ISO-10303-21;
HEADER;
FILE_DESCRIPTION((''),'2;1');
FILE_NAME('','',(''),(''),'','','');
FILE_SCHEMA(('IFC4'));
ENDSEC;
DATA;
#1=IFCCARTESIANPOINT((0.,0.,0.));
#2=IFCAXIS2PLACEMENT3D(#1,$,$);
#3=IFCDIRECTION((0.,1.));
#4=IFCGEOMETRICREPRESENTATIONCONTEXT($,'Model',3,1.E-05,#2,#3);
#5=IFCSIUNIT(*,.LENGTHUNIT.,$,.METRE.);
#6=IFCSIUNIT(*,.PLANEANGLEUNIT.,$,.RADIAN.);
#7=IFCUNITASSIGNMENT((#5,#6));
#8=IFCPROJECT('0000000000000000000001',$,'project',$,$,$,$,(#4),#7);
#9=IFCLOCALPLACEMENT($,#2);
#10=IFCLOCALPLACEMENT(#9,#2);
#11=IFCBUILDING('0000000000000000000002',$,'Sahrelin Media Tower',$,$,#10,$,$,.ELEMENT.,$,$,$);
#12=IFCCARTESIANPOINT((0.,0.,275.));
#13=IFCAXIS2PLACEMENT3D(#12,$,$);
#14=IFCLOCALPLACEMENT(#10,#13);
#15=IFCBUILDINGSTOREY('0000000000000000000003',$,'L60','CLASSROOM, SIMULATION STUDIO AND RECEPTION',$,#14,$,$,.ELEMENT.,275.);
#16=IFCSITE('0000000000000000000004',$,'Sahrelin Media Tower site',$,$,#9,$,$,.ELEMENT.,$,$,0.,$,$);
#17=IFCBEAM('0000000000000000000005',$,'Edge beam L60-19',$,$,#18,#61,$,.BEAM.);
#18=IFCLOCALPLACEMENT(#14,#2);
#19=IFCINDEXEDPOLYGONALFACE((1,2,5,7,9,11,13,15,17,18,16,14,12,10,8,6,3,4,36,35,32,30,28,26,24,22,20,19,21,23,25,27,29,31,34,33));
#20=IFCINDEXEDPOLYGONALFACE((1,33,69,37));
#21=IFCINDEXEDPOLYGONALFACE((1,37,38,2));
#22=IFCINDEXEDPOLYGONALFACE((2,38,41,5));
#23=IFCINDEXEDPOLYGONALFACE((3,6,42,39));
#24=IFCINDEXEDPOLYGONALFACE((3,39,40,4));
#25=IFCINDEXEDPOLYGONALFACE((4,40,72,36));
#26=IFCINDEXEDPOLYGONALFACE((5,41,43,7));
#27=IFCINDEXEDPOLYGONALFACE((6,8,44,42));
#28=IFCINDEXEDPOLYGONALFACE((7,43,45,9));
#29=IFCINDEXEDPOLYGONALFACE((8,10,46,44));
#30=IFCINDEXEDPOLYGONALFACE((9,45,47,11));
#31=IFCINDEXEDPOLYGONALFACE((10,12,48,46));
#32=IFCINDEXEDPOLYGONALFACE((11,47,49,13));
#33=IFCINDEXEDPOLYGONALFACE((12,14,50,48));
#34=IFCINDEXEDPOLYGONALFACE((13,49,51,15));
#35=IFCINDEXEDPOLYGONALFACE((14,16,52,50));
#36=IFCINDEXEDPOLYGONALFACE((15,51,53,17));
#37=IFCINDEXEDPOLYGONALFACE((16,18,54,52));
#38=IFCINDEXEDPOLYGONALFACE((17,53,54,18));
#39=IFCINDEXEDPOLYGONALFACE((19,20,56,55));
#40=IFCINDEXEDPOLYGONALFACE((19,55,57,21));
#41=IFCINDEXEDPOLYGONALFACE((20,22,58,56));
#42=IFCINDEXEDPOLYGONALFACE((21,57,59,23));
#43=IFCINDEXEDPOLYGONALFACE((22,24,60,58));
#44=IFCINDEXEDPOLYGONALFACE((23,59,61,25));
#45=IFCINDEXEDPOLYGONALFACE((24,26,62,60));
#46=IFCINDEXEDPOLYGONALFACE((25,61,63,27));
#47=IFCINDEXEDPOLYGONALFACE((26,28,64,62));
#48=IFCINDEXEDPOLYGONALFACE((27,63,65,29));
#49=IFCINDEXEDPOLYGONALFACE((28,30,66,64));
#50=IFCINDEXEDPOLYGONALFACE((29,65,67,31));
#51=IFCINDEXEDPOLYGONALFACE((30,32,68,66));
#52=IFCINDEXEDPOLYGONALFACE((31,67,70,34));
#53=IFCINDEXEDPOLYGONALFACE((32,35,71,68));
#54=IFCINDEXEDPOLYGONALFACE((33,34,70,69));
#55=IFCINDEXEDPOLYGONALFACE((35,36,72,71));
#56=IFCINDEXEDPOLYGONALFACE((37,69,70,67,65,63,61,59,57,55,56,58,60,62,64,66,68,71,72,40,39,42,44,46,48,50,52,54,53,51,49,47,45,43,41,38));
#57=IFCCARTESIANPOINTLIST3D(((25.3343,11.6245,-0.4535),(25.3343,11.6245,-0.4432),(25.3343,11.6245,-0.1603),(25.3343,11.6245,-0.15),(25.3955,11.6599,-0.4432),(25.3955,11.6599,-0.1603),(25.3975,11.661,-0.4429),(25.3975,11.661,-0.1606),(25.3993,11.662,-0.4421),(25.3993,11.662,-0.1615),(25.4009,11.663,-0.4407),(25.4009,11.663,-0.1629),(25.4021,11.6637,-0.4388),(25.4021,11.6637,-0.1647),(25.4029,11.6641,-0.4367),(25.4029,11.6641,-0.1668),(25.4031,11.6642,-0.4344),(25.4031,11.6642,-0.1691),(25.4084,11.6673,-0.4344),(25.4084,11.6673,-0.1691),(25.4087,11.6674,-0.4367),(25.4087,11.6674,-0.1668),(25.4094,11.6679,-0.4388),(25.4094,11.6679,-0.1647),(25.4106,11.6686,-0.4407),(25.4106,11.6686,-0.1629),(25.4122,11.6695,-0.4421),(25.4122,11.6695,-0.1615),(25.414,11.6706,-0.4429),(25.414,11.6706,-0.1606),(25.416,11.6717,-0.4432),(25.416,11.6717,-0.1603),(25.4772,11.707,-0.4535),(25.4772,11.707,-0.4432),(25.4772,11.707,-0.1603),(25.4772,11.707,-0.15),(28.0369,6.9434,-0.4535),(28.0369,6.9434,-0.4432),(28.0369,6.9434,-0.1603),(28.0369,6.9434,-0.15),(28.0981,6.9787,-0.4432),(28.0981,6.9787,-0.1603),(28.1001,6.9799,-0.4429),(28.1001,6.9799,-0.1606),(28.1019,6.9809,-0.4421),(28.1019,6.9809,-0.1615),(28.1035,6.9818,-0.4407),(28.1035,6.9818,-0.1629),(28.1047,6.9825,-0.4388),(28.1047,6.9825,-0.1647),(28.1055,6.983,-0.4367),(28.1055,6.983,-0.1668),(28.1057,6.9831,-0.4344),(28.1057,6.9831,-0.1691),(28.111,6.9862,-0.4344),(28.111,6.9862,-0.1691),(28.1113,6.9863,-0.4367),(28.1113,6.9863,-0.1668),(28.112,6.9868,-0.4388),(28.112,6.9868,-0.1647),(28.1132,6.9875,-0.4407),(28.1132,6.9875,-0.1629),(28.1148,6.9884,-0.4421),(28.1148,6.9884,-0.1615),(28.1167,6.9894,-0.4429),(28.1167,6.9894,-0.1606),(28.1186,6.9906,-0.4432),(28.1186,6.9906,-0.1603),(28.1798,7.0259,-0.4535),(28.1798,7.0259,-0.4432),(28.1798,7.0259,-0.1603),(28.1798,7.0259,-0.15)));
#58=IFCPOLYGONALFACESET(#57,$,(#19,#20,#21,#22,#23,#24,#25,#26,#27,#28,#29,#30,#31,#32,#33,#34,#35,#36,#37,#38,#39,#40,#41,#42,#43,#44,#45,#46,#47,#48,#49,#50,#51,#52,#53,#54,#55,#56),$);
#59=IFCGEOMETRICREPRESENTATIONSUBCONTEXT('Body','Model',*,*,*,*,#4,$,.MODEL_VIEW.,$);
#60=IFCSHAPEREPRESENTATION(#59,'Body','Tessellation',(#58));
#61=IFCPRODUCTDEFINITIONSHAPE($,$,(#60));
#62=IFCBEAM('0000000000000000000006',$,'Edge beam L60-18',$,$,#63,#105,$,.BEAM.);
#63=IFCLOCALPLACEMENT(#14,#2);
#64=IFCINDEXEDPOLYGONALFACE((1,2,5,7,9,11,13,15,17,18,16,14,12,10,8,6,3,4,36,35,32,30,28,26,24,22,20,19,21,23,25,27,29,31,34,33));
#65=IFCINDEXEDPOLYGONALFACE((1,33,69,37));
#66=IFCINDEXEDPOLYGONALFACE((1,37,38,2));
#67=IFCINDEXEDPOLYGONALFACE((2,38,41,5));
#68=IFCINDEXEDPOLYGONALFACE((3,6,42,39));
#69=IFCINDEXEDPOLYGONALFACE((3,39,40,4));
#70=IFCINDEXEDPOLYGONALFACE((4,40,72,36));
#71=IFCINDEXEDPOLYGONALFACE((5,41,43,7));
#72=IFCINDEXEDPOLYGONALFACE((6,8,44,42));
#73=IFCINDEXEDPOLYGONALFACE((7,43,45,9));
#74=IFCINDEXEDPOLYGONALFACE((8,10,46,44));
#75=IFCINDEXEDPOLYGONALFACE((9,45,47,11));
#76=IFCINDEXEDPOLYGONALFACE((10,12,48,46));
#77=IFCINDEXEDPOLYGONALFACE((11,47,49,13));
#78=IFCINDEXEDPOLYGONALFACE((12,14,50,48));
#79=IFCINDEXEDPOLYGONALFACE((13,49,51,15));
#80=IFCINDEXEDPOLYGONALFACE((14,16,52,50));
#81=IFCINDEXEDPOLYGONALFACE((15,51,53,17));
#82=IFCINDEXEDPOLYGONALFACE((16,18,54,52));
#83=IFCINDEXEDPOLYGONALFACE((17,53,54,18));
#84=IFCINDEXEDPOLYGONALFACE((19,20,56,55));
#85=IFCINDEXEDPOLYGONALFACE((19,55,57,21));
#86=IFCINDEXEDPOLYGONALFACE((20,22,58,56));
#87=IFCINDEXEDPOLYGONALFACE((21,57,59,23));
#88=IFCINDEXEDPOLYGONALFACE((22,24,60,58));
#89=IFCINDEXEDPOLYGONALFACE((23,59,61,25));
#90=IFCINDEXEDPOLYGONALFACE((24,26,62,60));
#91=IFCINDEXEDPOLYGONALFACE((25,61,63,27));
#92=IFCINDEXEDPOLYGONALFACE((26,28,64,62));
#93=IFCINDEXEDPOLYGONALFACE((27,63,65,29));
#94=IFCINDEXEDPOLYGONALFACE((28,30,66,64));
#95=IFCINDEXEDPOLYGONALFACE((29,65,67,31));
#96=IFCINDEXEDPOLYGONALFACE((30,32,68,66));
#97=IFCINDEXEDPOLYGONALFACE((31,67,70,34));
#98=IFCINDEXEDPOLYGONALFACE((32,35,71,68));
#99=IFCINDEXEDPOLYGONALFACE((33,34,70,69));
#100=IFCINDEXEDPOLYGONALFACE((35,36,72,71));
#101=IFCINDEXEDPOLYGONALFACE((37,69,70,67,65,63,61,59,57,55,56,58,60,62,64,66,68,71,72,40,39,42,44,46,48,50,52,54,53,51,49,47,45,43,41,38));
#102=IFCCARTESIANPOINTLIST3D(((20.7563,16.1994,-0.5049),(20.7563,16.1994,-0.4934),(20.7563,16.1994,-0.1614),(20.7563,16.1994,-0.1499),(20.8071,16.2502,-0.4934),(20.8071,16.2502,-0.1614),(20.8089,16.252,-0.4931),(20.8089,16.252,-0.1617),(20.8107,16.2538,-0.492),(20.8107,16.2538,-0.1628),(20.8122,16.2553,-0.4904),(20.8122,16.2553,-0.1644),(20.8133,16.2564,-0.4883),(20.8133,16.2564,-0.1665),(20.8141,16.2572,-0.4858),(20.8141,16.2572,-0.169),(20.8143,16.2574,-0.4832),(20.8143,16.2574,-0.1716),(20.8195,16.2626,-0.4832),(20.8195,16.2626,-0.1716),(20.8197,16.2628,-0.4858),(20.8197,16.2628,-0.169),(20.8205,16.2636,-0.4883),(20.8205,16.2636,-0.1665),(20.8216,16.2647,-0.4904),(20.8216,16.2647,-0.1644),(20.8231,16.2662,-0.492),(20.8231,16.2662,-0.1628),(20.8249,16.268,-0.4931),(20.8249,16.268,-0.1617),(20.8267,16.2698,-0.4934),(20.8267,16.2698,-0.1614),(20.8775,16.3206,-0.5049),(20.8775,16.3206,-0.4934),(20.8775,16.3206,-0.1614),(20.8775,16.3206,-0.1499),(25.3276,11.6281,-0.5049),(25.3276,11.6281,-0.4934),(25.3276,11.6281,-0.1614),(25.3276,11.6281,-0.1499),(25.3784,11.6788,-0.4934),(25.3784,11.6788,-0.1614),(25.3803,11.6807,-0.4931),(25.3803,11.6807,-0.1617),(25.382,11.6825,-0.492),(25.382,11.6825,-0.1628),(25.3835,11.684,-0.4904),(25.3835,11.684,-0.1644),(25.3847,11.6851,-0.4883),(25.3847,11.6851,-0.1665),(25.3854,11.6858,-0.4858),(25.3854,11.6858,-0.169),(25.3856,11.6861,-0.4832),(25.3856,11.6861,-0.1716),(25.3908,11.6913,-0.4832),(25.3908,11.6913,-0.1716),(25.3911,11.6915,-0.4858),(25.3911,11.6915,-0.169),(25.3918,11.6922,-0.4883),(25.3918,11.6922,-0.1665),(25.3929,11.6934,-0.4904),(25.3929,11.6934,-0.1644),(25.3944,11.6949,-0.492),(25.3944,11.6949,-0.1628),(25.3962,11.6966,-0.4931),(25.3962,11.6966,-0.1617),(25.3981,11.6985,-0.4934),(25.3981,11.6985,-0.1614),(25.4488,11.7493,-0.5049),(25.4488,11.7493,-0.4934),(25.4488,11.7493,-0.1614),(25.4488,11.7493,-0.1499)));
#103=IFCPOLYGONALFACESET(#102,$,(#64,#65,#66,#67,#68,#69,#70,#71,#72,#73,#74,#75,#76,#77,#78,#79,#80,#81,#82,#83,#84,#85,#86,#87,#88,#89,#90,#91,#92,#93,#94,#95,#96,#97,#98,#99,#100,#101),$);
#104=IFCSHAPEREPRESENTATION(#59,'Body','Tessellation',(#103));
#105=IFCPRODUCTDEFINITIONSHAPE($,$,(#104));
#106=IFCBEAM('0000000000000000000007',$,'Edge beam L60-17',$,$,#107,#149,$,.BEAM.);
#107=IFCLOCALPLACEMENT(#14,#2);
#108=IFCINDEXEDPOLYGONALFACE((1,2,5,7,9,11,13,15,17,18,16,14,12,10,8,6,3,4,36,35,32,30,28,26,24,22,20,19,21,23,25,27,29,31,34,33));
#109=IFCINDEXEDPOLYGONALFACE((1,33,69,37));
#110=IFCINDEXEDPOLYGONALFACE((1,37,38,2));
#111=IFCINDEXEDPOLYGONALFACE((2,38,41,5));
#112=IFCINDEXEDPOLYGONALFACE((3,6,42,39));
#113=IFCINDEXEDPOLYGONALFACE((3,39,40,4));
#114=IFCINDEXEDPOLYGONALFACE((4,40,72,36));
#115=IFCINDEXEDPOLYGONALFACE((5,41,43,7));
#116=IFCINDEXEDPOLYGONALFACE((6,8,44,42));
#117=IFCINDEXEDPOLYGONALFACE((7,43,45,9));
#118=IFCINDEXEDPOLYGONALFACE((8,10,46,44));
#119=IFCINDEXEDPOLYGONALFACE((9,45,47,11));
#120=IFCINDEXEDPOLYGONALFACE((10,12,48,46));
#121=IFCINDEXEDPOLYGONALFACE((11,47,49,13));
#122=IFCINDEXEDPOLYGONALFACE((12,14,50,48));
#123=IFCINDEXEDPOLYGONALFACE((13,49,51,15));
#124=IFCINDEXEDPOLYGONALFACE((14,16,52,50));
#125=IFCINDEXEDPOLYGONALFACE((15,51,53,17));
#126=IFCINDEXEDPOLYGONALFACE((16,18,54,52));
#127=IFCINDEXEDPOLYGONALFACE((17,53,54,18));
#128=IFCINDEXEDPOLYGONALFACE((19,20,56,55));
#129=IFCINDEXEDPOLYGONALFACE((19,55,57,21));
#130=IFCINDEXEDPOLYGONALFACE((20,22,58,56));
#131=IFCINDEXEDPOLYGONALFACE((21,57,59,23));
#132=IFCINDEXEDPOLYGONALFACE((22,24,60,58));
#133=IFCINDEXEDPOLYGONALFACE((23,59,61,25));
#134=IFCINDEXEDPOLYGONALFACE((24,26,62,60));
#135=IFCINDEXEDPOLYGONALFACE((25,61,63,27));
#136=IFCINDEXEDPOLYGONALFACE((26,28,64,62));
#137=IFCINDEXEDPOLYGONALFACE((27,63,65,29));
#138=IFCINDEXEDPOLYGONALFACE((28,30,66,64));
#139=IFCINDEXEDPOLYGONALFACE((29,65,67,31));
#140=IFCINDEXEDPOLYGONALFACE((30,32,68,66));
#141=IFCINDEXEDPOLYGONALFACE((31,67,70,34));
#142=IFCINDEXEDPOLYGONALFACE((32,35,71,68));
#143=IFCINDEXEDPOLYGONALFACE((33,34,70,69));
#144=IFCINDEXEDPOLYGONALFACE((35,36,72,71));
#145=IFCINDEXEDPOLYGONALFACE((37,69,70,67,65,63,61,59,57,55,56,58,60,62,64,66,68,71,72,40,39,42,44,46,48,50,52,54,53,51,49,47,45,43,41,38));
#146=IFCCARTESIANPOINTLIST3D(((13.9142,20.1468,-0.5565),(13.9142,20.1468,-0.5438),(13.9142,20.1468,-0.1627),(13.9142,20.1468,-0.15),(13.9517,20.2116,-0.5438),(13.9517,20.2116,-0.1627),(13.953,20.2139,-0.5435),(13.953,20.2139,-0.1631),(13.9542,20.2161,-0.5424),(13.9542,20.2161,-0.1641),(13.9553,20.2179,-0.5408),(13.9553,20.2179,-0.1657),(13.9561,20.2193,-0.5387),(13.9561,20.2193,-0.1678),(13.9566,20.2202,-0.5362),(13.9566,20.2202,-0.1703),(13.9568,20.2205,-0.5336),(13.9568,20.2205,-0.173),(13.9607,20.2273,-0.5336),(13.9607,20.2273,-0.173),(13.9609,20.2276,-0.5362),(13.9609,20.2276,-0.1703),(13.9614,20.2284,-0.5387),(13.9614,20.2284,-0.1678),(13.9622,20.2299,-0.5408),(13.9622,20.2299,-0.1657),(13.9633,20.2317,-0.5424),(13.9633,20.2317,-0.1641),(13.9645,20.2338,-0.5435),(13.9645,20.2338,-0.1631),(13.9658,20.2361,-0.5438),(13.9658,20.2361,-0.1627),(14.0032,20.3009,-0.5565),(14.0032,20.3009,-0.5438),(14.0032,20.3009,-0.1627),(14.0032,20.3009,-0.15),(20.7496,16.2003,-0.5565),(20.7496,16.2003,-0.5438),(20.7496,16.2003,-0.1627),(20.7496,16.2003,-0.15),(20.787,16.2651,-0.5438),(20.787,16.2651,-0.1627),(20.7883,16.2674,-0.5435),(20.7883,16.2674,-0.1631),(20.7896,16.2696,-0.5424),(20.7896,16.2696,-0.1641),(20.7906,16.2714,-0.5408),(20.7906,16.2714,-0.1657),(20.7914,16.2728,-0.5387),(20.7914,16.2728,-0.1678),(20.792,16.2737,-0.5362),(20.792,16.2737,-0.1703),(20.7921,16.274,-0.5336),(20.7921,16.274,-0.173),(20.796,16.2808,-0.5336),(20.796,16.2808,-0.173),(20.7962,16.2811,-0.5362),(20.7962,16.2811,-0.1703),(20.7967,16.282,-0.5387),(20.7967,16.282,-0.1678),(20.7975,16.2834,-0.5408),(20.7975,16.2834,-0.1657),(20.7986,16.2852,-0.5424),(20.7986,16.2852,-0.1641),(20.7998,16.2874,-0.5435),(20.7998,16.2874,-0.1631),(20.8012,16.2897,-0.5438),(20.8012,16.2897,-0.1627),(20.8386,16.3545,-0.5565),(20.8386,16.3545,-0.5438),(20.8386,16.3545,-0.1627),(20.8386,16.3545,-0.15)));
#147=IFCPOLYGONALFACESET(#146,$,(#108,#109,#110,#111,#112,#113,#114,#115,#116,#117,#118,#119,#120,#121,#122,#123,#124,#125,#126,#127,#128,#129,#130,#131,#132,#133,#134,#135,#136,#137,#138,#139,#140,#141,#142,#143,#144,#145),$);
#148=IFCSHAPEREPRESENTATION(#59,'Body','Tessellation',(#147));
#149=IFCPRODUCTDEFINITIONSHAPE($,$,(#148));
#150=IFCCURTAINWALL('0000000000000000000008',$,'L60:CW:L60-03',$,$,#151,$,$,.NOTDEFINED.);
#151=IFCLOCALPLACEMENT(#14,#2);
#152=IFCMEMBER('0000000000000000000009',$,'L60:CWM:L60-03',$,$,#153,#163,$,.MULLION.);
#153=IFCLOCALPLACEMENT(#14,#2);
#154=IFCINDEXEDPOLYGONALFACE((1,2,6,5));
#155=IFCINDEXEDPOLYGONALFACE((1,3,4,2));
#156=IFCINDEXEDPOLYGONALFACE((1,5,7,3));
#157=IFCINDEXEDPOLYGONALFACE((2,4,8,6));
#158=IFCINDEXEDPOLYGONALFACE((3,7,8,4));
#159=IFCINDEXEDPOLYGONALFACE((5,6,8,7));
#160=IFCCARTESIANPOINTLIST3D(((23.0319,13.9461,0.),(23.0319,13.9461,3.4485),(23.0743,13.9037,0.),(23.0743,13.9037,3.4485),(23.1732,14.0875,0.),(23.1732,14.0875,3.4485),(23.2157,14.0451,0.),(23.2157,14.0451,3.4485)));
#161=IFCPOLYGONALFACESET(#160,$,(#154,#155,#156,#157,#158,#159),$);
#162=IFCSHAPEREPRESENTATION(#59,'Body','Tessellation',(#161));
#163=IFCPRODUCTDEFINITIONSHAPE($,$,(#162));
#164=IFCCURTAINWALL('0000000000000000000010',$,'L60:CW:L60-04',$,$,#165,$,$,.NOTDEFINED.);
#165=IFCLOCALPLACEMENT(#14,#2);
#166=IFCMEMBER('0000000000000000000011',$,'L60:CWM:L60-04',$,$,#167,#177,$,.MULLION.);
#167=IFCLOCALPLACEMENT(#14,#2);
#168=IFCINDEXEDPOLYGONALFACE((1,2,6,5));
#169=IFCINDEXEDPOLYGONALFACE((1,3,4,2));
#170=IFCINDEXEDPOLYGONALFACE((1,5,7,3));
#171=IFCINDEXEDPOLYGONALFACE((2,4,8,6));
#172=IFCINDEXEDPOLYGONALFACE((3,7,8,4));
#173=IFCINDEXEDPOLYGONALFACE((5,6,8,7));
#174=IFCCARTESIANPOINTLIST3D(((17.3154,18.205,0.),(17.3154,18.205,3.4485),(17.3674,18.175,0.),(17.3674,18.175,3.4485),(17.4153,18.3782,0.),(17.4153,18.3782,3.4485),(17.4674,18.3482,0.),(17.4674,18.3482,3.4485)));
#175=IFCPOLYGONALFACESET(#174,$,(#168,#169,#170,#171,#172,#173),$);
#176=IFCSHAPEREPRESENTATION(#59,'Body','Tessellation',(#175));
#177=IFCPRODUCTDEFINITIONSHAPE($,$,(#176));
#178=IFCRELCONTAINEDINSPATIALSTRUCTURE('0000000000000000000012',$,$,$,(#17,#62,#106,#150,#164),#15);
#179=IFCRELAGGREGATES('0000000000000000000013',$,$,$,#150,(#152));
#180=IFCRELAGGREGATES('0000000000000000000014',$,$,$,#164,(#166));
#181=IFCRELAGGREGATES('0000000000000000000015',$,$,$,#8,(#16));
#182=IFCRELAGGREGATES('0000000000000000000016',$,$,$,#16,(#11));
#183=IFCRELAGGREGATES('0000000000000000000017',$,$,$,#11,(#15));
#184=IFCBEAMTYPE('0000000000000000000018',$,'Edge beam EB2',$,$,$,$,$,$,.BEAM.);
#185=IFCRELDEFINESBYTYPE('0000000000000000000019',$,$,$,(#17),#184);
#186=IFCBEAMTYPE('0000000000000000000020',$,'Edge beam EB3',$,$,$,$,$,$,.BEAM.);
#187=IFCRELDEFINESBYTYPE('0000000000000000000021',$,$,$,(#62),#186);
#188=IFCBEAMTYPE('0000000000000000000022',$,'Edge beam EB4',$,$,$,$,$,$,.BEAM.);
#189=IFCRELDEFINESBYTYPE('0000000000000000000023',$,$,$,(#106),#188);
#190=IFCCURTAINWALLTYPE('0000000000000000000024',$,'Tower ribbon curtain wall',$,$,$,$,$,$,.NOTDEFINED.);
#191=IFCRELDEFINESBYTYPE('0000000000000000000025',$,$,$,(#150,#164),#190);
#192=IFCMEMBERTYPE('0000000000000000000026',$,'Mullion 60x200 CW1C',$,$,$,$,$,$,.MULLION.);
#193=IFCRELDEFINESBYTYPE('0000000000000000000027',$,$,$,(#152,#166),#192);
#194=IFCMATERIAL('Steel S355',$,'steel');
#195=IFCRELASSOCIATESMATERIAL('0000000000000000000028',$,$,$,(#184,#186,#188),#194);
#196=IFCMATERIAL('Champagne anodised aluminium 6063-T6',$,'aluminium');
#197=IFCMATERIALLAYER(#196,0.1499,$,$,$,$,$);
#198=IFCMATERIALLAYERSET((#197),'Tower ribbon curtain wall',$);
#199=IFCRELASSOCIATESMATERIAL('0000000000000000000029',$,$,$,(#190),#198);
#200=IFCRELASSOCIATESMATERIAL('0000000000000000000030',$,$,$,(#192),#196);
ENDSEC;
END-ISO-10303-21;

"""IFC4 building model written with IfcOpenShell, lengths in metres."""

from ifc_helpers import new_model, si_unit, direction, frame, origin, origin_2d, place, context, subcontext, project, spatial, rectangle, i_section, extrude, material, layer, layer_set, material_profile, profile_set, type_object, element, aggregate, save


model = new_model("IFC4")

# Units and contexts
model_context = context("Model", 3, precision=1e-05, world=origin(), true_north=direction((0.0, 1.0)))
body_context = subcontext(model_context, "Body", "Model", "MODEL_VIEW")
ifc_project = project(units=[si_unit("LENGTHUNIT", "METRE"), si_unit("PLANEANGLEUNIT", "RADIAN")], contexts=[model_context])

# Site, building, storey
site_placement = place(None, origin())
site = spatial("IfcSite", under=ifc_project, at=site_placement, Name="Sahrelin Media Tower site", CompositionType="ELEMENT", RefElevation=0.0)
building_placement = place(site_placement, origin())
building = spatial("IfcBuilding", under=site, at=building_placement, Name="Sahrelin Media Tower", CompositionType="ELEMENT")
storey_placement = place(building_placement, frame((0.0, 0.0, 275.0)))
storey = spatial("IfcBuildingStorey", under=building, at=storey_placement, Name="L60", Description="CLASSROOM, SIMULATION STUDIO AND RECEPTION", CompositionType="ELEMENT", Elevation=275.0)

# Beams
ifc_material_1 = material(Name="Steel S355", Category="steel")
ifc_material_profile_1 = material_profile(ifc_material_1, i_section(OverallWidth=0.165, OverallDepth=0.3035, WebThickness=0.0061, FlangeThickness=0.0103, FilletRadius=0.0088, at=origin_2d()), Name="UB 305x165x40")
ifc_profile_set_1 = profile_set([ifc_material_profile_1], Name="Steel S355")
beam_type_1 = type_object("IfcBeamType", Name="Edge beam EB2", PredefinedType="BEAM", material=ifc_profile_set_1)
beam_1_placement = place(storey_placement, frame((25.4058, 11.6658, -0.3018), z_axis=(0.499996, -0.866028, 0.0), x_axis=(0.866028, 0.499996, 0.0)))
element("IfcBeam", 1, at=beam_1_placement, inside=storey, type_object=beam_type_1, Name="Edge beam L60-19", PredefinedType="BEAM", context=body_context, shape_type="SweptSolid", body=[
    extrude(i_section(OverallWidth=0.165, OverallDepth=0.3035, WebThickness=0.0061, FlangeThickness=0.0103, FilletRadius=0.0088, at=origin_2d()), origin(), (0.0, 0.0, 1.0), 5.4053),
])
ifc_material_profile_2 = material_profile(ifc_material_1, i_section(OverallWidth=0.1714, OverallDepth=0.355, WebThickness=0.0073, FlangeThickness=0.0115, FilletRadius=0.0103, at=origin_2d()), Name="UB 356x171x51")
ifc_profile_set_2 = profile_set([ifc_material_profile_2], Name="Steel S355")
beam_type_2 = type_object("IfcBeamType", Name="Edge beam EB3", PredefinedType="BEAM", material=ifc_profile_set_2)
beam_2_placement = place(storey_placement, frame((20.8169, 16.26, -0.3274), z_axis=(0.707107, -0.707107, 0.0), x_axis=(0.707107, 0.707107, 0.0)))
element("IfcBeam", 2, at=beam_2_placement, inside=storey, type_object=beam_type_2, Name="Edge beam L60-18", PredefinedType="BEAM", context=body_context, shape_type="SweptSolid", body=[
    extrude(i_section(OverallWidth=0.1714, OverallDepth=0.355, WebThickness=0.0073, FlangeThickness=0.0115, FilletRadius=0.0103, at=origin_2d()), origin(), (0.0, 0.0, 1.0), 6.4648),
])
ifc_material_profile_3 = material_profile(ifc_material_1, i_section(OverallWidth=0.178, OverallDepth=0.4065, WebThickness=0.0078, FlangeThickness=0.0127, FilletRadius=0.0103, at=origin_2d()), Name="UB 406x178x60")
ifc_profile_set_3 = profile_set([ifc_material_profile_3], Name="Steel S355")
beam_type_3 = type_object("IfcBeamType", Name="Edge beam EB4", PredefinedType="BEAM", material=ifc_profile_set_3)
beam_3_placement = place(storey_placement, frame((13.9587, 20.2239, -0.3533), z_axis=(0.866021, -0.500008, 0.0), x_axis=(0.500008, 0.866021, 0.0)))
element("IfcBeam", 3, at=beam_3_placement, inside=storey, type_object=beam_type_3, Name="Edge beam L60-17", PredefinedType="BEAM", context=body_context, shape_type="SweptSolid", body=[
    extrude(i_section(OverallWidth=0.178, OverallDepth=0.4065, WebThickness=0.0078, FlangeThickness=0.0127, FilletRadius=0.0103, at=origin_2d()), origin(), (0.0, 0.0, 1.0), 7.8928),
])

# Curtain walls, members
ifc_material_2 = material(Name="Champagne anodised aluminium 6063-T6", Category="aluminium")
ifc_layer_1 = layer(ifc_material_2, 0.1499)
ifc_layer_set_1 = layer_set([ifc_layer_1], Name="Tower ribbon curtain wall")
curtain_wall_type = type_object("IfcCurtainWallType", Name="Tower ribbon curtain wall", PredefinedType="NOTDEFINED", material=ifc_layer_set_1)
curtain_wall_1_placement = place(storey_placement, frame((23.2085, 14.0803, 0.0), z_axis=(0.0, 0.0, 1.0), x_axis=(1.0, 0.0, 0.0)))
curtain_wall_1 = element("IfcCurtainWall", 4, at=curtain_wall_1_placement, inside=storey, type_object=curtain_wall_type, Name="L60:CW:L60-03", PredefinedType="NOTDEFINED")
ifc_material_profile_4 = material_profile(ifc_material_2, rectangle(XDim=0.0601, YDim=0.2, at=origin_2d()), Name="Mullion 60x200")
ifc_profile_set_4 = profile_set([ifc_material_profile_4], Name="Champagne anodised aluminium 6063-T6")
member_type_1 = type_object("IfcMemberType", Name="Mullion 60x200 CW1C", PredefinedType="MULLION", material=ifc_profile_set_4)
member_1_placement = place(storey_placement, frame((23.1238, 13.9956, 0.0), z_axis=(0.0, 0.0, 1.0), x_axis=(-0.707107, 0.707107, 0.0)))
member_1 = element("IfcMember", 5, at=member_1_placement, type_object=member_type_1, Name="L60:CWM:L60-03", PredefinedType="MULLION", context=body_context, shape_type="SweptSolid", body=[
    extrude(rectangle(XDim=0.0601, YDim=0.2, at=origin_2d()), origin(), (0.0, 0.0, 1.0), 3.4485),
])
curtain_wall_2_placement = place(storey_placement, frame((17.4514, 18.3806, 0.0), z_axis=(0.0, 0.0, 1.0), x_axis=(1.0, 0.0, 0.0)))
curtain_wall_2 = element("IfcCurtainWall", 6, at=curtain_wall_2_placement, inside=storey, type_object=curtain_wall_type, Name="L60:CW:L60-04", PredefinedType="NOTDEFINED")
member_2_placement = place(storey_placement, frame((17.3914, 18.2766, 0.0), z_axis=(0.0, 0.0, 1.0), x_axis=(-0.866026, 0.499998, 0.0)))
member_2 = element("IfcMember", 7, at=member_2_placement, type_object=member_type_1, Name="L60:CWM:L60-04", PredefinedType="MULLION", context=body_context, shape_type="SweptSolid", body=[
    extrude(rectangle(XDim=0.0601, YDim=0.2, at=origin_2d()), origin(), (0.0, 0.0, 1.0), 3.4485),
])

aggregate(curtain_wall_1, [member_1])
aggregate(curtain_wall_2, [member_2])

save(model, "model.ifc")
